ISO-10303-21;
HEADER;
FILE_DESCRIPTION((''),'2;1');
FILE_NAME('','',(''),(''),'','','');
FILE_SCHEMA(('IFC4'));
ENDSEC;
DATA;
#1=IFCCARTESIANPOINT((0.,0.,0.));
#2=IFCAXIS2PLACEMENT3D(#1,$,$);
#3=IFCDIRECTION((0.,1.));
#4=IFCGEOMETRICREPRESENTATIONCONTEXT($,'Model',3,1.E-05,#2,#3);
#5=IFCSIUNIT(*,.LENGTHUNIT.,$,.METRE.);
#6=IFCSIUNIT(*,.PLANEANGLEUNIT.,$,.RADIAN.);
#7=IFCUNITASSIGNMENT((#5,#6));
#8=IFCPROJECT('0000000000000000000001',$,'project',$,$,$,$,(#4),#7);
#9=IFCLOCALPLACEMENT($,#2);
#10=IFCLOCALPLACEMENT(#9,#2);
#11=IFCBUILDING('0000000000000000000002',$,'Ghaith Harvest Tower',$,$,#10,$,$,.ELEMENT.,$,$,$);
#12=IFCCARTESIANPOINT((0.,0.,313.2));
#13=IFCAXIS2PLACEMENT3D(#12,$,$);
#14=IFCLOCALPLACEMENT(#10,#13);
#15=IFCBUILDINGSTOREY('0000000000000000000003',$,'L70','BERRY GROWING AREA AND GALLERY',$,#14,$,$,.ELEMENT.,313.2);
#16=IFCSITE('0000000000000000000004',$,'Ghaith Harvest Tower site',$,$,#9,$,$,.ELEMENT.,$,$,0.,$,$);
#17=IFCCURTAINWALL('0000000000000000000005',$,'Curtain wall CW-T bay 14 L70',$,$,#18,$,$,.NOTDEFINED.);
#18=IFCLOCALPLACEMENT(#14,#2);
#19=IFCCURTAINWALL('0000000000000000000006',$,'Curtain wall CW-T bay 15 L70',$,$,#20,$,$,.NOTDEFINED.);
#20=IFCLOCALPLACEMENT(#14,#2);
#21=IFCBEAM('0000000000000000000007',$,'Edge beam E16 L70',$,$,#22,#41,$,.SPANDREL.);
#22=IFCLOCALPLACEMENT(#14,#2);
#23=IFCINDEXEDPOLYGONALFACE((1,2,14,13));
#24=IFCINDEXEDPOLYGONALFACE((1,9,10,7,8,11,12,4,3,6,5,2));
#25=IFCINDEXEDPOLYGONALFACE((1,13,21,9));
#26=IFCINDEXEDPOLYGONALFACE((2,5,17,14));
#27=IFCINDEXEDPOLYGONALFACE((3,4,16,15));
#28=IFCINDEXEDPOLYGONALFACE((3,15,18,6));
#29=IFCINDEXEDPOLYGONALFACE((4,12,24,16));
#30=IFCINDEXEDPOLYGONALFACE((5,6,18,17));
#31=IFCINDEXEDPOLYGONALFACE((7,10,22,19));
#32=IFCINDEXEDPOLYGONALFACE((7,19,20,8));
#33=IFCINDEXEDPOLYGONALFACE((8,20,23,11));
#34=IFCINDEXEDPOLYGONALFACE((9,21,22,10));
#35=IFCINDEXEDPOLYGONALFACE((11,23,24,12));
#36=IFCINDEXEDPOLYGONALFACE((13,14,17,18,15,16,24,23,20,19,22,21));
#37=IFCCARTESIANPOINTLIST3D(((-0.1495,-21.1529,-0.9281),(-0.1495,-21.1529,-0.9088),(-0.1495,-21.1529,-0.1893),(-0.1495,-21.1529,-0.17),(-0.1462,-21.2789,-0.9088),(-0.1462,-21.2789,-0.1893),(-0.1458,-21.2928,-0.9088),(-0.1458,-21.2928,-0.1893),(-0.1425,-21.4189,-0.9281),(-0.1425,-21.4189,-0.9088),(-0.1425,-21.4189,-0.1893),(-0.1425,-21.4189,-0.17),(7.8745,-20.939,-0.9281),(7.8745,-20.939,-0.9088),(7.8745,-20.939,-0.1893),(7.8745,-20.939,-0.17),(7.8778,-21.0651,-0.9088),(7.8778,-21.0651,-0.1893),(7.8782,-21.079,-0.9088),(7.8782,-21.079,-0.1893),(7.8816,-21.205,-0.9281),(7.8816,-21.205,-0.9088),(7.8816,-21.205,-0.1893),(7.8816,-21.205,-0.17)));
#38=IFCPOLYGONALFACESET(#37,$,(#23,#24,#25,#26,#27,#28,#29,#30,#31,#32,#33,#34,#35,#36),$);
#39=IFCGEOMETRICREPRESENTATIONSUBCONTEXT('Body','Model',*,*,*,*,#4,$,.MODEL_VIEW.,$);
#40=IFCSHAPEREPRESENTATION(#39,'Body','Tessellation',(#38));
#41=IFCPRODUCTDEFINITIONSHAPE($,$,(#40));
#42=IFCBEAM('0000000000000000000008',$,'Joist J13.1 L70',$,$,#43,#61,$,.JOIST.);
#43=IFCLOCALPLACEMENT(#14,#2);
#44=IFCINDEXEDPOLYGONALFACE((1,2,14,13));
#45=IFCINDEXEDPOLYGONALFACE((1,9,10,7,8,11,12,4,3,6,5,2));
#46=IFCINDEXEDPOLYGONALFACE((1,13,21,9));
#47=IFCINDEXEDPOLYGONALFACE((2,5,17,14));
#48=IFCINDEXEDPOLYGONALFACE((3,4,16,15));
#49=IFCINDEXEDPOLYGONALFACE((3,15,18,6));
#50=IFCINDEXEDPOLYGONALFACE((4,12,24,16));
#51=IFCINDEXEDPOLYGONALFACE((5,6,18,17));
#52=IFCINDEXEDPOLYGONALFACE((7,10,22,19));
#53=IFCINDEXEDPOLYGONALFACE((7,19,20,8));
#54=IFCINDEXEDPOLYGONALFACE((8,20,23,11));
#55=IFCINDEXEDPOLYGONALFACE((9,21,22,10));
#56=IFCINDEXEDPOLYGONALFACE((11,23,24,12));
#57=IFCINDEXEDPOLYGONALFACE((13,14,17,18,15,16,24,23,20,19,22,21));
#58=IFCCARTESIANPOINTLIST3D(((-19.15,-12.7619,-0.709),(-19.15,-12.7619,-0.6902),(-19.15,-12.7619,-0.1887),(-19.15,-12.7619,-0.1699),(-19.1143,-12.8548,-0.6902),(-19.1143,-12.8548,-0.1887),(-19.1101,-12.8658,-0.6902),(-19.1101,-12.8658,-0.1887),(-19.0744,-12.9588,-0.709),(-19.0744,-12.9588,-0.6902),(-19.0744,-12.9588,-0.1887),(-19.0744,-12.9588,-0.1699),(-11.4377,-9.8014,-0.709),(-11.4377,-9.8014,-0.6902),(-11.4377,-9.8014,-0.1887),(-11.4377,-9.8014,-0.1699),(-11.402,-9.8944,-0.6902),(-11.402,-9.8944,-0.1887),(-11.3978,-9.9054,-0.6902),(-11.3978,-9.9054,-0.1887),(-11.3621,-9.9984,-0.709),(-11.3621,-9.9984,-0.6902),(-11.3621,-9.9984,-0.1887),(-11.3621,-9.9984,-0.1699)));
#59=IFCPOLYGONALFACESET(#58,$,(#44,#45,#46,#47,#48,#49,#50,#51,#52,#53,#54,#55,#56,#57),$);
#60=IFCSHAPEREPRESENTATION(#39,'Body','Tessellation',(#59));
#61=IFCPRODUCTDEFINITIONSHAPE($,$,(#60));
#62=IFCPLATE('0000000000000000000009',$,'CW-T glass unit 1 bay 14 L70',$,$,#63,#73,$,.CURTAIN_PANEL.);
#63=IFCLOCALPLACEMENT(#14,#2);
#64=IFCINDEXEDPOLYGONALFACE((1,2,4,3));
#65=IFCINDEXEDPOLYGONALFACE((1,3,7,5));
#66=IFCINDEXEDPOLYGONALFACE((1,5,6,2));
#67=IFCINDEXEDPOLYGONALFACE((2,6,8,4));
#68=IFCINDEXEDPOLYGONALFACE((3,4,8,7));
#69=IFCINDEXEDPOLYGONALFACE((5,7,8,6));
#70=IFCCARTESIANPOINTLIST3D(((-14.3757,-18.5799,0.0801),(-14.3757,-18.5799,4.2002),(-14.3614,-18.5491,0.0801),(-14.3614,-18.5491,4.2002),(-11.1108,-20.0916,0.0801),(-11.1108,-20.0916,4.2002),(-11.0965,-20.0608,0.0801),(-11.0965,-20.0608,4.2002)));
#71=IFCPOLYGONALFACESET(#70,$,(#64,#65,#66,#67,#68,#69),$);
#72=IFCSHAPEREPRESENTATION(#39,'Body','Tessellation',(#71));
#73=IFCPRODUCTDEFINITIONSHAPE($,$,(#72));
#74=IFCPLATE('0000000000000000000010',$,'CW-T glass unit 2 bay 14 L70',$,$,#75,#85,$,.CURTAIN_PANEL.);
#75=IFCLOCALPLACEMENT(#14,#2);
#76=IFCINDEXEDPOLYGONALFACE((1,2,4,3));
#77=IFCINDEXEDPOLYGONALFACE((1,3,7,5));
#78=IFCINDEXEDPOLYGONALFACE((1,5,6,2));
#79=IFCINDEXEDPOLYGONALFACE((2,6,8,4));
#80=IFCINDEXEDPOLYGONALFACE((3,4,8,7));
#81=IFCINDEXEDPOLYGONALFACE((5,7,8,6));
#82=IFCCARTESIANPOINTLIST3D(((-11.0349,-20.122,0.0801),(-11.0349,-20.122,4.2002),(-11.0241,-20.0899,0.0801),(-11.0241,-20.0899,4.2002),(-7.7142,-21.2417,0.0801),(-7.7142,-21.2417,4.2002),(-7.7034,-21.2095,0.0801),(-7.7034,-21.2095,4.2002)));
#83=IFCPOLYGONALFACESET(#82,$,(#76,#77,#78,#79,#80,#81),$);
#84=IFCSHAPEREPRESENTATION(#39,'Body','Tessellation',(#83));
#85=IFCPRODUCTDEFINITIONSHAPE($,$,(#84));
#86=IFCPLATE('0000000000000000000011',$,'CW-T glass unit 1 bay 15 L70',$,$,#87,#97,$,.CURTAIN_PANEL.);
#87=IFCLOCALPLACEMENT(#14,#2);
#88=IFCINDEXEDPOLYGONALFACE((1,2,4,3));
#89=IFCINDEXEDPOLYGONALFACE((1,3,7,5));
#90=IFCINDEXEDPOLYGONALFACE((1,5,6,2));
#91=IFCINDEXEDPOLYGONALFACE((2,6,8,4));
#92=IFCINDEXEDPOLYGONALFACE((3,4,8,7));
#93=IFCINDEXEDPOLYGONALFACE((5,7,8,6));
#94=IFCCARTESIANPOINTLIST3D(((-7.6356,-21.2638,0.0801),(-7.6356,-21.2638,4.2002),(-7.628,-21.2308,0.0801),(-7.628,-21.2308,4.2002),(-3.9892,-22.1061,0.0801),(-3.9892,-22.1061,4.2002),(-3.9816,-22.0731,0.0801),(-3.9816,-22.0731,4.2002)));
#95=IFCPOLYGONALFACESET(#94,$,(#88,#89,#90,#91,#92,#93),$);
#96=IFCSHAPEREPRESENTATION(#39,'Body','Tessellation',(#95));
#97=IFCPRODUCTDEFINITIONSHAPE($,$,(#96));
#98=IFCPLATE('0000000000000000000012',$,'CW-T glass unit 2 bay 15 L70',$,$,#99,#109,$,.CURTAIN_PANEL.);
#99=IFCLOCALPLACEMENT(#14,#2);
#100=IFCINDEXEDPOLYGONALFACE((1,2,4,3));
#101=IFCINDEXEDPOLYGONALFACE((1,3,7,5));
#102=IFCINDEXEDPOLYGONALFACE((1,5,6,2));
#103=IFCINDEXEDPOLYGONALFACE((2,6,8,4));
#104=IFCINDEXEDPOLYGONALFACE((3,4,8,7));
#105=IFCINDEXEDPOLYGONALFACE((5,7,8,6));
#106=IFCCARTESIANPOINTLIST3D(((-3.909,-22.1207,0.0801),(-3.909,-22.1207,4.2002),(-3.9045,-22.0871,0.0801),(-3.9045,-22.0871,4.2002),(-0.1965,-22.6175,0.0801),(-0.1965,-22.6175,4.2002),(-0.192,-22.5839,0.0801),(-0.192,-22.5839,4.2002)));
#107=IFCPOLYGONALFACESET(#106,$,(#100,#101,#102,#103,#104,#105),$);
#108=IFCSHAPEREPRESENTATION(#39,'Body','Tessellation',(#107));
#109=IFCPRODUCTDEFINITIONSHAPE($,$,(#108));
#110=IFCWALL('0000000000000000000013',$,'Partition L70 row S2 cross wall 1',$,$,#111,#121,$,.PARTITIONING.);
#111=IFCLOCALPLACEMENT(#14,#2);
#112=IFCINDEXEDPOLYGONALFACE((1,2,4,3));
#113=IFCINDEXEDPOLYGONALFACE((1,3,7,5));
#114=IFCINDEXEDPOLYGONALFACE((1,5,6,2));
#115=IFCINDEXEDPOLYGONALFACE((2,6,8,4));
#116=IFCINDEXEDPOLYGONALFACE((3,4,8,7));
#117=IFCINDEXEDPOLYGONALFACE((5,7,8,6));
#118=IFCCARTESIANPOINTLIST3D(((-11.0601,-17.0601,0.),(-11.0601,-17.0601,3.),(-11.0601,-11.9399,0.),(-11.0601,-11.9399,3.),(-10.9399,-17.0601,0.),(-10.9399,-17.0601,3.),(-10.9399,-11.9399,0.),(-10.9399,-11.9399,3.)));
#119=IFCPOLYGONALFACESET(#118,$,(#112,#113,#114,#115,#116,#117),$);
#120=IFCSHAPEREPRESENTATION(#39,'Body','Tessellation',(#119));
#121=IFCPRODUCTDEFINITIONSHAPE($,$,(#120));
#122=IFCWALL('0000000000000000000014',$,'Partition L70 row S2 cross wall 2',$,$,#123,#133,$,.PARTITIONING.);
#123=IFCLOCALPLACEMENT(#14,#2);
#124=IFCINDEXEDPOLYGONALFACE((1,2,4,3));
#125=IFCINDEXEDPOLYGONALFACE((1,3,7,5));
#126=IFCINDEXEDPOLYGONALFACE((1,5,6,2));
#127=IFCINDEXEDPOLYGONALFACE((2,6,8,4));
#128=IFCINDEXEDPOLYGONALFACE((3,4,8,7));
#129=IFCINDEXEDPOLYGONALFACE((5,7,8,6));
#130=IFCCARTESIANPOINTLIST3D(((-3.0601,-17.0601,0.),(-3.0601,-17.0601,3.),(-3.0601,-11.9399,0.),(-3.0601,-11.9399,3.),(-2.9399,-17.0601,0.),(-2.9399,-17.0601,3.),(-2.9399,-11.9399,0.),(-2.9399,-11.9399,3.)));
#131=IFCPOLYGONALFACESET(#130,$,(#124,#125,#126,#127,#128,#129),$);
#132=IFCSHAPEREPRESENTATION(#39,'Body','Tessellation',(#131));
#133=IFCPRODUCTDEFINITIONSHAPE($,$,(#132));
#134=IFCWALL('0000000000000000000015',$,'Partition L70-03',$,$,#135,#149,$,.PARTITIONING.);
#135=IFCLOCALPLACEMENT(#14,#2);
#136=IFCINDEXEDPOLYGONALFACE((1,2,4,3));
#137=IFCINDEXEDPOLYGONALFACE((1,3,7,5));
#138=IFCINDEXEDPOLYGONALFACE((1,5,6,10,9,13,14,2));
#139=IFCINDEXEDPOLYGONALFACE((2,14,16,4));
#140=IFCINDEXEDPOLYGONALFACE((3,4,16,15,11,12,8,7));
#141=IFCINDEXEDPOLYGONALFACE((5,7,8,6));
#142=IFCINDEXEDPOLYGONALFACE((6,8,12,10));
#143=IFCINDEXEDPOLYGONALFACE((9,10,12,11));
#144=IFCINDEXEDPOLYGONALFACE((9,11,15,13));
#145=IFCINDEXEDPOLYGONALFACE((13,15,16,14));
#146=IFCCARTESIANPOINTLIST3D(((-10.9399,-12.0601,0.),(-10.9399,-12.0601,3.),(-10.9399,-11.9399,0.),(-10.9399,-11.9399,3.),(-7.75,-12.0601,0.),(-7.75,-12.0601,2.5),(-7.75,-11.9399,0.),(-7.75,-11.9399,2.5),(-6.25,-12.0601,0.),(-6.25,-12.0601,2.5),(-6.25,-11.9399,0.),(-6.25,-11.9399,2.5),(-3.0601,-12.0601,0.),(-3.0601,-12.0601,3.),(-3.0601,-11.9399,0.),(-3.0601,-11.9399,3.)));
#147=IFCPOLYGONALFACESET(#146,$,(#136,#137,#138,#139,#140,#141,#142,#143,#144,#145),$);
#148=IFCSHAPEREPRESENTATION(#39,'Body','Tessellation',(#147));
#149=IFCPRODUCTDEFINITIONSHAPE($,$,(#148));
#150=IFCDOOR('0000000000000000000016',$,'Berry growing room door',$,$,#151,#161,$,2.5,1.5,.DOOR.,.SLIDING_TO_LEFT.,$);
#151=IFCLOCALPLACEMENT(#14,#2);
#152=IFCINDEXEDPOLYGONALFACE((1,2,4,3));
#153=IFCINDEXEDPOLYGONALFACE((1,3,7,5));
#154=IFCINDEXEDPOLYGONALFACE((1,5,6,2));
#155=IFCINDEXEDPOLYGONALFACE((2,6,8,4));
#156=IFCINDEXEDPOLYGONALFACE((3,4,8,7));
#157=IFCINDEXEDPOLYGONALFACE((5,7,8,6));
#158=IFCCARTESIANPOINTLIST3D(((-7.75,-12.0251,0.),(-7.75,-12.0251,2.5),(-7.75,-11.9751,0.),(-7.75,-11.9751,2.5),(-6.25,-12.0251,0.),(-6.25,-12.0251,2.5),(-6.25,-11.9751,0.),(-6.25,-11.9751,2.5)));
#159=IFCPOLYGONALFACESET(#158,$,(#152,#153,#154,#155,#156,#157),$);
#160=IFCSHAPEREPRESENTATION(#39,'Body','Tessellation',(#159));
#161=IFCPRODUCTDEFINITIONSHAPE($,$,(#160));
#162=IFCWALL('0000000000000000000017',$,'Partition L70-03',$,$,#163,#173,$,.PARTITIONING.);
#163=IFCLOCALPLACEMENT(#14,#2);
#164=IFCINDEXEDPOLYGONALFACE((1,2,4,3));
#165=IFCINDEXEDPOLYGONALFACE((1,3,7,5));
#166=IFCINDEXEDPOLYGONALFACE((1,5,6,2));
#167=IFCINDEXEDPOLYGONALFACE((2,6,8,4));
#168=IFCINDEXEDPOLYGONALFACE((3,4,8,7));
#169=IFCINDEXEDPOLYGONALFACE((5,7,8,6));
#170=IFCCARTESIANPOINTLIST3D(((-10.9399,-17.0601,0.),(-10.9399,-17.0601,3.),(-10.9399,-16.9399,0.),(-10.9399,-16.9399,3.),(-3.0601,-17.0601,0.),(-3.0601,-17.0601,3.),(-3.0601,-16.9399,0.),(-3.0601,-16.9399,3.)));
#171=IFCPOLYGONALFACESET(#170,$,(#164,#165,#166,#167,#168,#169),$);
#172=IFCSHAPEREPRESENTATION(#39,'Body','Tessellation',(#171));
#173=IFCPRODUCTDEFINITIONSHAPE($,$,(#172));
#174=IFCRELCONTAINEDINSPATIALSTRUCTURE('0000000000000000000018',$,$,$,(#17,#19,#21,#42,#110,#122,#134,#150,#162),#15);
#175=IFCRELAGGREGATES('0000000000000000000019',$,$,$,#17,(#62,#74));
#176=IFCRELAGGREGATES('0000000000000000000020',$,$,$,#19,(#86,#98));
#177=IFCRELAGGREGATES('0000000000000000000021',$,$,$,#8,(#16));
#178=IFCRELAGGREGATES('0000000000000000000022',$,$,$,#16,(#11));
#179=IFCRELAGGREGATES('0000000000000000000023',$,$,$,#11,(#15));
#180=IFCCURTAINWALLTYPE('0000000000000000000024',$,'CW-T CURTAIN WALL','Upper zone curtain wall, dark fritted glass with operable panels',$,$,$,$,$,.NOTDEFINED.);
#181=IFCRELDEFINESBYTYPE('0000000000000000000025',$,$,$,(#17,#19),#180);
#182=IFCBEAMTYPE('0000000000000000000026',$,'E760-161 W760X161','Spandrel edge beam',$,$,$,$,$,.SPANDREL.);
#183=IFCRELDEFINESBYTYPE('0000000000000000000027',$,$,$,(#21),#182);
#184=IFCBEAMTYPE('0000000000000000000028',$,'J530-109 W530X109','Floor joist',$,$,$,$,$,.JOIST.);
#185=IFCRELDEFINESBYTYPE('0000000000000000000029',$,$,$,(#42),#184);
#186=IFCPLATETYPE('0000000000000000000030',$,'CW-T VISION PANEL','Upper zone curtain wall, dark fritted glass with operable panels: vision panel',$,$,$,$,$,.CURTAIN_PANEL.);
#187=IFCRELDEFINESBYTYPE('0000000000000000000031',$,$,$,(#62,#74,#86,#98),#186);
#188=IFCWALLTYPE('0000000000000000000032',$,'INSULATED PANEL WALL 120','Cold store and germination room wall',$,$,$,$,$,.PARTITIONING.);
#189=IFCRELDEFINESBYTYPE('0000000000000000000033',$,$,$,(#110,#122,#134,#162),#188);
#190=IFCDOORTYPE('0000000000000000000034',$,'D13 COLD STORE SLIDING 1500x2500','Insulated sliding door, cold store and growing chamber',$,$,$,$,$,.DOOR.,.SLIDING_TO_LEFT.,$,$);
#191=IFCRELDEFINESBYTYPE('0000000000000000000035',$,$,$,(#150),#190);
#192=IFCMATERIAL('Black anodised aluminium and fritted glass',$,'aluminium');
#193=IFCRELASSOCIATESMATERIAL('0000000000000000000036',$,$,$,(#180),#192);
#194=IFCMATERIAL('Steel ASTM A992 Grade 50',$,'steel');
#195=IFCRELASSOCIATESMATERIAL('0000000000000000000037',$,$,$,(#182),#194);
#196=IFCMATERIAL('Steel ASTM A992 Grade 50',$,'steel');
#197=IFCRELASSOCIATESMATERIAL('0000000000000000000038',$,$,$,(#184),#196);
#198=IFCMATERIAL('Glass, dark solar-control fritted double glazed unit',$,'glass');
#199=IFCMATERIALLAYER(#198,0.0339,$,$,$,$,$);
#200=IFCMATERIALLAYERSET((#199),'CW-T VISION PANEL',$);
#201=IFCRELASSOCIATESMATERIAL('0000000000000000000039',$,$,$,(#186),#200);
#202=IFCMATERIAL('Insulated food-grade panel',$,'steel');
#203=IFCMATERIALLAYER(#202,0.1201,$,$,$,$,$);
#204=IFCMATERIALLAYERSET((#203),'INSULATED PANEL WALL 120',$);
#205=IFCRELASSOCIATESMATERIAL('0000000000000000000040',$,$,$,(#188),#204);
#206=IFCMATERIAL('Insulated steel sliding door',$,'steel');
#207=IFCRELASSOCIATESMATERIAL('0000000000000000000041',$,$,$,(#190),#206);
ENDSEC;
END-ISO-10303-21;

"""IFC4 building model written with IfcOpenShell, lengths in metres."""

from ifc_helpers import new_model, si_unit, direction, frame, frame_2d, origin, origin_2d, place, context, subcontext, project, spatial, rectangle, i_section, extrude, material, layer, layer_set, material_profile, profile_set, type_object, element, fill, aggregate, save


model = new_model("IFC4")

# Units and contexts
model_context = context("Model", 3, precision=1e-05, world=origin(), true_north=direction((0.0, 1.0)))
body_context = subcontext(model_context, "Body", "Model", "MODEL_VIEW")
ifc_project = project(units=[si_unit("LENGTHUNIT", "METRE"), si_unit("PLANEANGLEUNIT", "RADIAN")], contexts=[model_context])

# Site, building, storey
site_placement = place(None, origin())
site = spatial("IfcSite", under=ifc_project, at=site_placement, Name="Ghaith Harvest Tower site", CompositionType="ELEMENT", RefElevation=0.0)
building_placement = place(site_placement, origin())
building = spatial("IfcBuilding", under=site, at=building_placement, Name="Ghaith Harvest Tower", CompositionType="ELEMENT")
storey_placement = place(building_placement, frame((0.0, 0.0, 313.2)))
storey = spatial("IfcBuildingStorey", under=building, at=storey_placement, Name="L70", Description="BERRY GROWING AREA AND GALLERY", CompositionType="ELEMENT", Elevation=313.2)

# Curtain wall
ifc_material_1 = material(Name="Black anodised aluminium and fritted glass", Category="aluminium")
curtain_wall_type = type_object("IfcCurtainWallType", Name="CW-T CURTAIN WALL", Description="Upper zone curtain wall, dark fritted glass with operable panels", PredefinedType="NOTDEFINED", material=ifc_material_1)
curtain_wall_1_placement = place(storey_placement, origin())
curtain_wall_1 = element("IfcCurtainWall", 1, at=curtain_wall_1_placement, inside=storey, type_object=curtain_wall_type, Name="Curtain wall CW-T bay 14 L70", PredefinedType="NOTDEFINED")

# Curtain wall
curtain_wall_2_placement = place(storey_placement, origin())
curtain_wall_2 = element("IfcCurtainWall", 2, at=curtain_wall_2_placement, inside=storey, type_object=curtain_wall_type, Name="Curtain wall CW-T bay 15 L70", PredefinedType="NOTDEFINED")

# Beams
ifc_material_2 = material(Name="Steel ASTM A992 Grade 50", Category="steel")
ifc_material_profile_1 = material_profile(ifc_material_2, i_section(OverallWidth=0.2661, OverallDepth=0.7581, WebThickness=0.0139, FlangeThickness=0.0193, at=origin_2d()), Name="W760X161")
ifc_profile_set_1 = profile_set([ifc_material_profile_1], Name="Steel ASTM A992 Grade 50")
beam_type_1 = type_object("IfcBeamType", Name="E760-161 W760X161", Description="Spandrel edge beam", PredefinedType="SPANDREL", material=ifc_profile_set_1)
beam_1_placement = place(storey_placement, frame((-0.146, -21.2859, -0.5491), z_axis=(0.999645, 0.026644, 0.0), x_axis=(-0.026644, 0.999645, 0.0)))
element("IfcBeam", 3, at=beam_1_placement, inside=storey, type_object=beam_type_1, Name="Edge beam E16 L70", PredefinedType="SPANDREL", context=body_context, shape_type="SweptSolid", body=[
    extrude(i_section(OverallWidth=0.2661, OverallDepth=0.7581, WebThickness=0.0139, FlangeThickness=0.0193, at=origin_2d()), origin(), (0.0, 0.0, 1.0), 8.0269),
])
ifc_material_3 = material(Name="Steel ASTM A992 Grade 50", Category="steel")
ifc_material_profile_2 = material_profile(ifc_material_3, i_section(OverallWidth=0.2109, OverallDepth=0.5391, WebThickness=0.0117, FlangeThickness=0.0188, at=origin_2d()), Name="W530X109")
ifc_profile_set_2 = profile_set([ifc_material_profile_2], Name="Steel ASTM A992 Grade 50")
beam_type_2 = type_object("IfcBeamType", Name="J530-109 W530X109", Description="Floor joist", PredefinedType="JOIST", material=ifc_profile_set_2)
beam_2_placement = place(storey_placement, frame((-11.3999, -9.8999, -0.4395), z_axis=(-0.933583, -0.358361, 0.0), x_axis=(0.358361, -0.933583, 0.0)))
element("IfcBeam", 4, at=beam_2_placement, inside=storey, type_object=beam_type_2, Name="Joist J13.1 L70", PredefinedType="JOIST", context=body_context, shape_type="SweptSolid", body=[
    extrude(i_section(OverallWidth=0.2109, OverallDepth=0.5391, WebThickness=0.0117, FlangeThickness=0.0188, at=origin_2d()), origin(), (0.0, 0.0, 1.0), 8.261),
])

# Plates
ifc_material_4 = material(Name="Glass, dark solar-control fritted double glazed unit", Category="glass")
ifc_layer_1 = layer(ifc_material_4, 0.0339)
ifc_layer_set_1 = layer_set([ifc_layer_1], Name="CW-T VISION PANEL")
plate_type = type_object("IfcPlateType", Name="CW-T VISION PANEL", Description="Upper zone curtain wall, dark fritted glass with operable panels: vision panel", PredefinedType="CURTAIN_PANEL", material=ifc_layer_set_1)
plate_1_placement = place(storey_placement, frame((-12.7361, -19.3203, 0.0801), z_axis=(0.0, 0.0, 1.0), x_axis=(0.90745, -0.42016, 0.0)))
plate_1 = element("IfcPlate", 5, at=plate_1_placement, type_object=plate_type, Name="CW-T glass unit 1 bay 14 L70", PredefinedType="CURTAIN_PANEL", context=body_context, shape_type="SweptSolid", body=[
    extrude(rectangle(XDim=3.5979, YDim=0.0339, at=origin_2d()), origin(), (0.0, 0.0, 1.0), 4.1201),
])
plate_2_placement = place(storey_placement, frame((-9.3691, -20.6658, 0.0801), z_axis=(0.0, 0.0, 1.0), x_axis=(0.947586, -0.3195, 0.0)))
plate_2 = element("IfcPlate", 6, at=plate_2_placement, type_object=plate_type, Name="CW-T glass unit 2 bay 14 L70", PredefinedType="CURTAIN_PANEL", context=body_context, shape_type="SweptSolid", body=[
    extrude(rectangle(XDim=3.5044, YDim=0.0339, at=origin_2d()), origin(), (0.0, 0.0, 1.0), 4.1201),
])
aggregate(curtain_wall_1, [plate_1, plate_2])
plate_3_placement = place(storey_placement, frame((-5.8086, -21.6685, 0.0801), z_axis=(0.0, 0.0, 1.0), x_axis=(0.974342, -0.225072, 0.0)))
plate_3 = element("IfcPlate", 7, at=plate_3_placement, type_object=plate_type, Name="CW-T glass unit 1 bay 15 L70", PredefinedType="CURTAIN_PANEL", context=body_context, shape_type="SweptSolid", body=[
    extrude(rectangle(XDim=3.7424, YDim=0.0339, at=origin_2d()), origin(), (0.0, 0.0, 1.0), 4.1201),
])
plate_4_placement = place(storey_placement, frame((-2.0505, -22.3523, 0.0801), z_axis=(0.0, 0.0, 1.0), x_axis=(0.991165, -0.132633, 0.0)))
plate_4 = element("IfcPlate", 8, at=plate_4_placement, type_object=plate_type, Name="CW-T glass unit 2 bay 15 L70", PredefinedType="CURTAIN_PANEL", context=body_context, shape_type="SweptSolid", body=[
    extrude(rectangle(XDim=3.7456, YDim=0.0339, at=origin_2d()), origin(), (0.0, 0.0, 1.0), 4.1201),
])
aggregate(curtain_wall_2, [plate_3, plate_4])

# Walls
ifc_material_5 = material(Name="Insulated food-grade panel", Category="steel")
ifc_layer_2 = layer(ifc_material_5, 0.1201)
ifc_layer_set_2 = layer_set([ifc_layer_2], Name="INSULATED PANEL WALL 120")
wall_type = type_object("IfcWallType", Name="INSULATED PANEL WALL 120", Description="Cold store and germination room wall", PredefinedType="PARTITIONING", material=ifc_layer_set_2)
for number, where, z_axis, x_axis, name in (
    (9, (-11.0, -11.9399, 0.0), (0.0, 0.0, 1.0), (0.0, -1.0, 0.0), "Partition L70 row S2 cross wall 1"),
    (10, (-3.0, -11.9399, 0.0), (0.0, 0.0, 1.0), (0.0, -1.0, 0.0), "Partition L70 row S2 cross wall 2"),
):
    element("IfcWall", number, at=place(storey_placement, frame(where, z_axis=z_axis, x_axis=x_axis)), inside=storey, type_object=wall_type, Name=name, PredefinedType="PARTITIONING", context=body_context, shape_type="SweptSolid", body=[
        extrude(rectangle(XDim=5.1201, YDim=0.1201, at=frame_2d((2.5601, 0.0))), origin(), (0.0, 0.0, 1.0), 3.0),
    ])

# Wall, opening, door
wall_1_placement = place(storey_placement, frame((-10.9399, -12.0, 0.0), z_axis=(0.0, 0.0, 1.0), x_axis=(1.0, 0.0, 0.0)))
wall_1 = element("IfcWall", 11, at=wall_1_placement, inside=storey, type_object=wall_type, Name="Partition L70-03", PredefinedType="PARTITIONING", context=body_context, shape_type="SweptSolid", body=[
    extrude(rectangle(XDim=7.8799, YDim=0.1201, at=frame_2d((3.9399, 0.0))), origin(), (0.0, 0.0, 1.0), 3.0),
])
opening_1_placement = place(wall_1_placement, frame((3.1899, 0.0, 0.0)))
opening_1 = element("IfcOpeningElement", 12, at=opening_1_placement, cuts=wall_1, PredefinedType="OPENING", context=body_context, shape_type="SweptSolid", body=[
    extrude(rectangle(XDim=1.5, YDim=2.5, at=frame_2d((0.75, 1.25))), frame((0.0, 0.0701, 0.0), z_axis=(0.0, -1.0, 0.0), x_axis=(1.0, 0.0, 0.0)), (0.0, 0.0, 1.0), 0.1401),
])
ifc_material_6 = material(Name="Insulated steel sliding door", Category="steel")
door_type = type_object("IfcDoorType", Name="D13 COLD STORE SLIDING 1500x2500", Description="Insulated sliding door, cold store and growing chamber", OperationType="SLIDING_TO_LEFT", PredefinedType="DOOR", material=ifc_material_6)
door_1_placement = place(opening_1_placement, origin())
door_1 = element("IfcDoor", 13, at=door_1_placement, inside=storey, type_object=door_type, Name="Berry growing room door", OperationType="SLIDING_TO_LEFT", OverallHeight=2.5, OverallWidth=1.5, PredefinedType="DOOR", context=body_context, shape_type="SweptSolid", body=[
    extrude(rectangle(XDim=1.5, YDim=2.5, at=frame_2d((0.75, 1.25))), frame((0.0, 0.0249, 0.0), z_axis=(0.0, -1.0, 0.0), x_axis=(1.0, 0.0, 0.0)), (0.0, 0.0, 1.0), 0.05),
])
fill(opening_1, door_1)

# Wall
wall_2_placement = place(storey_placement, frame((-10.9399, -17.0, 0.0), z_axis=(0.0, 0.0, 1.0), x_axis=(1.0, 0.0, 0.0)))
element("IfcWall", 14, at=wall_2_placement, inside=storey, type_object=wall_type, Name="Partition L70-03", PredefinedType="PARTITIONING", context=body_context, shape_type="SweptSolid", body=[
    extrude(rectangle(XDim=7.8799, YDim=0.1201, at=frame_2d((3.9399, 0.0))), origin(), (0.0, 0.0, 1.0), 3.0),
])

save(model, "model.ifc")
